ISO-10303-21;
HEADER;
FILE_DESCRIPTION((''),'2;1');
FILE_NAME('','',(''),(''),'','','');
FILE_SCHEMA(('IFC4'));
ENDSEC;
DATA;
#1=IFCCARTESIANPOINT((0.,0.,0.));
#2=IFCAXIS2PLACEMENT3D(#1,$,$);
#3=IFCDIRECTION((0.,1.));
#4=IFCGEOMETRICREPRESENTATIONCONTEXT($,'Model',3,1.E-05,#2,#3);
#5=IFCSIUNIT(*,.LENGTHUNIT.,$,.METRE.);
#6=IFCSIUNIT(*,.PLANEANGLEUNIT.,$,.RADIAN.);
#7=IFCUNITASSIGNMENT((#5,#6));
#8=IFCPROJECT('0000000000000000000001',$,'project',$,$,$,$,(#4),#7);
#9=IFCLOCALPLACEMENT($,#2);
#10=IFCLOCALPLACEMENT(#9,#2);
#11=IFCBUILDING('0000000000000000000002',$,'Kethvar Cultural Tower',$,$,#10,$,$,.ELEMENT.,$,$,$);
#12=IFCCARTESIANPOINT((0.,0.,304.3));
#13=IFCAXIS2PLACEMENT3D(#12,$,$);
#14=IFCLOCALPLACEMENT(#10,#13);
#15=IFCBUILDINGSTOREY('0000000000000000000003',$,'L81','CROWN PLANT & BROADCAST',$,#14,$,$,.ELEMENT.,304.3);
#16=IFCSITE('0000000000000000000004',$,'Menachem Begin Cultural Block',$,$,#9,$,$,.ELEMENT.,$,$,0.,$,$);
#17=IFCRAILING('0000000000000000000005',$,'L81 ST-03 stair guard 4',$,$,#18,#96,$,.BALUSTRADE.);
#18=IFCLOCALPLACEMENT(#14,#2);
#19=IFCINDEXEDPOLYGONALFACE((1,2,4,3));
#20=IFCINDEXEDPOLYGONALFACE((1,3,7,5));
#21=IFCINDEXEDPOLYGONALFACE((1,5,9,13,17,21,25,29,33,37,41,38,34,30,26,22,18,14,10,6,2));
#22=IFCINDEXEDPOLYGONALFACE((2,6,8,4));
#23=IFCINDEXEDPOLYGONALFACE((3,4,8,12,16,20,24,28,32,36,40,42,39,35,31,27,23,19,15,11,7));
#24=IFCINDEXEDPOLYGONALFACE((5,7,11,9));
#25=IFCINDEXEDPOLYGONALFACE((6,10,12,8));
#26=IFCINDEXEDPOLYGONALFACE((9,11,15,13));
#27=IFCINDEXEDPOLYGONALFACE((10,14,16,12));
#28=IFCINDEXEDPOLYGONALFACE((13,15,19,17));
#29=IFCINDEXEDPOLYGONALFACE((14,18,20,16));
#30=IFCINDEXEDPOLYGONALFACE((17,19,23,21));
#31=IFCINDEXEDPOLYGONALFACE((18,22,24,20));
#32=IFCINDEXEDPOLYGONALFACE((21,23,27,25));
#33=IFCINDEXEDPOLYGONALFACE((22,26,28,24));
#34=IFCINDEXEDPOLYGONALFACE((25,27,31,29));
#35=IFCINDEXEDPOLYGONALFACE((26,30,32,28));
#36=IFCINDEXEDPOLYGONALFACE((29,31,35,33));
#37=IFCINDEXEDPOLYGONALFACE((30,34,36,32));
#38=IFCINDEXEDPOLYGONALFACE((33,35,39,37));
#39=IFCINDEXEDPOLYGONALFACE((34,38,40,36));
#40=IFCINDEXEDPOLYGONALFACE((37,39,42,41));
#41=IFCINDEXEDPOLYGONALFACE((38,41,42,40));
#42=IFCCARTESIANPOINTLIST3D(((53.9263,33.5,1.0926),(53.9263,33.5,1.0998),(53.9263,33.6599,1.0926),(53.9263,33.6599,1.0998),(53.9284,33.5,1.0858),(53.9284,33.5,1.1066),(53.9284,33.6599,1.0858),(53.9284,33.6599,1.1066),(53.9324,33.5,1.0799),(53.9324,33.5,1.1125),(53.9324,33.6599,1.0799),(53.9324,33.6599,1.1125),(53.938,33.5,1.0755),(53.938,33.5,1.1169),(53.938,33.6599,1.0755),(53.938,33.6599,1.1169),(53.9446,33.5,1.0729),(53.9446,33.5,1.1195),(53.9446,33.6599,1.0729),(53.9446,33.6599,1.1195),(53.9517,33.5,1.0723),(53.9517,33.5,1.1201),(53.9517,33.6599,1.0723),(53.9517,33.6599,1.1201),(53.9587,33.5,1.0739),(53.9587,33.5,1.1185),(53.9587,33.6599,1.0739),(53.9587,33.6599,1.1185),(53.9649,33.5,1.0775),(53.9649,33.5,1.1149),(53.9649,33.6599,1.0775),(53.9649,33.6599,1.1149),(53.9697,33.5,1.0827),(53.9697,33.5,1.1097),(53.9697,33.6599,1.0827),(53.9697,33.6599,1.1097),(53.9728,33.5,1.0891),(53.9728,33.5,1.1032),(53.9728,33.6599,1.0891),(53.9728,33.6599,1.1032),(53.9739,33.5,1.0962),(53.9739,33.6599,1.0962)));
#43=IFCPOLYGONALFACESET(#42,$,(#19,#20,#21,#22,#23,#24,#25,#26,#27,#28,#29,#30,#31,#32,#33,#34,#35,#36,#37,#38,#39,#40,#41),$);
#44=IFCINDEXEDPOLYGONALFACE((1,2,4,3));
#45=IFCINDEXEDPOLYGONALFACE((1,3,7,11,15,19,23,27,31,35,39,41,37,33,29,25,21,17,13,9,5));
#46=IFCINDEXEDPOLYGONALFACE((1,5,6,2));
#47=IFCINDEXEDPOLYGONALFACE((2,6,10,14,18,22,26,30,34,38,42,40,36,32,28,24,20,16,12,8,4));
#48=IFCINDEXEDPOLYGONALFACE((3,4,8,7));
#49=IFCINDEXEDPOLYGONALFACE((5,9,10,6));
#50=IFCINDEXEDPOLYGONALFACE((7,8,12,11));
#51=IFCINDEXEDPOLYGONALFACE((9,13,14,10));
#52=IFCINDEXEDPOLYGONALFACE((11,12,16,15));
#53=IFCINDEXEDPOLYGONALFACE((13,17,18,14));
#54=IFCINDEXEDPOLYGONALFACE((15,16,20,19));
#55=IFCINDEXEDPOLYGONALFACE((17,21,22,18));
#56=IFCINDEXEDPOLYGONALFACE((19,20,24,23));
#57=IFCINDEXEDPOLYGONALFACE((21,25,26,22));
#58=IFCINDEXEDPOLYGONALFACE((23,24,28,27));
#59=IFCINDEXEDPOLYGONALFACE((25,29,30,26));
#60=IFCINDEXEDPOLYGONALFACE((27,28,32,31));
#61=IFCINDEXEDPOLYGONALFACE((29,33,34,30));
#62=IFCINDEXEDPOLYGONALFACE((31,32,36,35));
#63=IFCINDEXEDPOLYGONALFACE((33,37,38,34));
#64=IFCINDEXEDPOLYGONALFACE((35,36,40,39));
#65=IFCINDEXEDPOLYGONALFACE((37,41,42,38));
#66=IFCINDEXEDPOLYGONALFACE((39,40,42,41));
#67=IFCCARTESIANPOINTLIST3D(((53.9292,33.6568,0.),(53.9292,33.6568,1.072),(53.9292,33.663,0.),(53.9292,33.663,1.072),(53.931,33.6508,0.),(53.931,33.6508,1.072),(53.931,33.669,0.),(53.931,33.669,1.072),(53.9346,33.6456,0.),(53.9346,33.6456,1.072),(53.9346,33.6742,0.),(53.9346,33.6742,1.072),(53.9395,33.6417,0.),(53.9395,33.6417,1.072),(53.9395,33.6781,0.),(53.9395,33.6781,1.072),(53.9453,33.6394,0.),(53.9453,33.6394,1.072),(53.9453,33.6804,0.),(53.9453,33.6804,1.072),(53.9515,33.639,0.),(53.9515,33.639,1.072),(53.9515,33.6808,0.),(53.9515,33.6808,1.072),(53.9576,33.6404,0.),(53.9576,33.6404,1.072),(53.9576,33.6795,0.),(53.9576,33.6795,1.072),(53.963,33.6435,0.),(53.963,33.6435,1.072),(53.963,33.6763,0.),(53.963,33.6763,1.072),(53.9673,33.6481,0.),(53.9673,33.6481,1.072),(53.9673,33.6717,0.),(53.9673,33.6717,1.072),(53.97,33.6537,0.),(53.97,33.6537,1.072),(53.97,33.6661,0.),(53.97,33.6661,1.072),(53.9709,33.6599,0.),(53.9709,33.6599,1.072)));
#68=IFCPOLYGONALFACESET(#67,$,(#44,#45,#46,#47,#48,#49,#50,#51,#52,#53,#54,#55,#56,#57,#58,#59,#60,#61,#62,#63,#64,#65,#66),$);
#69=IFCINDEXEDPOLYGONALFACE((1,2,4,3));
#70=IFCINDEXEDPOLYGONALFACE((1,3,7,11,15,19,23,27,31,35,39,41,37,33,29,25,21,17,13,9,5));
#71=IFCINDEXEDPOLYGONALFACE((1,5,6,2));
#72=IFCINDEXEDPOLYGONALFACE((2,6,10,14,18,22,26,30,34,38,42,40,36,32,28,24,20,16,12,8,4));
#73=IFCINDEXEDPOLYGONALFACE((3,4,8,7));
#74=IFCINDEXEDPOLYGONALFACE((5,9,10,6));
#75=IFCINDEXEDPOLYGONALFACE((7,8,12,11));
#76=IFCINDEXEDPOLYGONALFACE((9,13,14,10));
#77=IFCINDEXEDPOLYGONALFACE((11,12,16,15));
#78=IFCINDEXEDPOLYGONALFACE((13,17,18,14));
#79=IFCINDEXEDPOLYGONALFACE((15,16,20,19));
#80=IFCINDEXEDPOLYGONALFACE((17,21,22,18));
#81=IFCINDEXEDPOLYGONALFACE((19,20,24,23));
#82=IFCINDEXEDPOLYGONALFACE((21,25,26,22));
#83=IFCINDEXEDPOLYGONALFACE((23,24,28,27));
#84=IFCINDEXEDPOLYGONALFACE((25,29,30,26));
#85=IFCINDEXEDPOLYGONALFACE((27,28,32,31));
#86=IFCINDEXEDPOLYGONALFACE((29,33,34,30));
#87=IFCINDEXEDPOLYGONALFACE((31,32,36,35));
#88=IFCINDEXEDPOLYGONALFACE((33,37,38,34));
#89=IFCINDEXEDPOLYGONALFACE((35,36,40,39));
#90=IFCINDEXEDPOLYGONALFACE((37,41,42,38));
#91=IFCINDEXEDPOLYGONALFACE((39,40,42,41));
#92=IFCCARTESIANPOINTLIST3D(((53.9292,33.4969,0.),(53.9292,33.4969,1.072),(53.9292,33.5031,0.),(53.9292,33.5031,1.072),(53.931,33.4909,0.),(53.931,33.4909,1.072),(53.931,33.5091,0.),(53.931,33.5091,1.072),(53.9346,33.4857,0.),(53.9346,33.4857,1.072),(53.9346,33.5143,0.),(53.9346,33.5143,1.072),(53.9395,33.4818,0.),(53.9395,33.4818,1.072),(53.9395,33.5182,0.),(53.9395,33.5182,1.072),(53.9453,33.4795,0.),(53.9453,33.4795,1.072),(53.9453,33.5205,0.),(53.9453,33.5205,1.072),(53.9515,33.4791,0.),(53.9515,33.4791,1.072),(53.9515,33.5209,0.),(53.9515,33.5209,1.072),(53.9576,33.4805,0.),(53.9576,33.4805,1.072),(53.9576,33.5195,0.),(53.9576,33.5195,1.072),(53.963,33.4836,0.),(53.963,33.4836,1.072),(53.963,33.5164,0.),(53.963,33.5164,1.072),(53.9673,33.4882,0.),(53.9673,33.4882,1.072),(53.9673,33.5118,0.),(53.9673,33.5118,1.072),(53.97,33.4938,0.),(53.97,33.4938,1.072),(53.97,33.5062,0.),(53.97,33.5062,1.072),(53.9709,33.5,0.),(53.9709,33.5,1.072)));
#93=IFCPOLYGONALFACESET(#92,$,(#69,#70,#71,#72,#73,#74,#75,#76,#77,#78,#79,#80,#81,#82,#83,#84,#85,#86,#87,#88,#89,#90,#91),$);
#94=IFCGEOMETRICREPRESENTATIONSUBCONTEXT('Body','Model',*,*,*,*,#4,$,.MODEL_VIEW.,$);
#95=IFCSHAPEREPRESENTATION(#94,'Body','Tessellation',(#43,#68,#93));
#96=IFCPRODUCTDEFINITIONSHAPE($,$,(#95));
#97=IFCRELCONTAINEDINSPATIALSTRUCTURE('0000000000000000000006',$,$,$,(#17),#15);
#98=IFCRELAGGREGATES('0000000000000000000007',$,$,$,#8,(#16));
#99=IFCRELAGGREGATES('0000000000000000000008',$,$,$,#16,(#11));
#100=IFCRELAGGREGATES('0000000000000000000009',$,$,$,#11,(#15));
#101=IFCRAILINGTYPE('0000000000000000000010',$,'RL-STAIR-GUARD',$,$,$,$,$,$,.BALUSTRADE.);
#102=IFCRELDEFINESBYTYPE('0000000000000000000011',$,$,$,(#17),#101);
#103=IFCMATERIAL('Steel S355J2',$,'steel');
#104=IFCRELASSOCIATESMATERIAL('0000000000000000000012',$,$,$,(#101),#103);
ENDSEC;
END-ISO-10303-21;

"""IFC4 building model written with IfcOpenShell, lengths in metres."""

from ifc_helpers import new_model, si_unit, direction, frame, origin, origin_2d, place, context, subcontext, project, spatial, circle, extrude, material, type_object, element, save


model = new_model("IFC4")

# Units and contexts
model_context = context("Model", 3, precision=1e-05, world=origin(), true_north=direction((0.0, 1.0)))
body_context = subcontext(model_context, "Body", "Model", "MODEL_VIEW")
ifc_project = project(units=[si_unit("LENGTHUNIT", "METRE"), si_unit("PLANEANGLEUNIT", "RADIAN")], contexts=[model_context])

# Site, building, storey
site_placement = place(None, origin())
site = spatial("IfcSite", under=ifc_project, at=site_placement, Name="Menachem Begin Cultural Block", CompositionType="ELEMENT", RefElevation=0.0)
building_placement = place(site_placement, origin())
building = spatial("IfcBuilding", under=site, at=building_placement, Name="Kethvar Cultural Tower", CompositionType="ELEMENT")
storey_placement = place(building_placement, frame((0.0, 0.0, 304.3)))
storey = spatial("IfcBuildingStorey", under=building, at=storey_placement, Name="L81", Description="CROWN PLANT & BROADCAST", CompositionType="ELEMENT", Elevation=304.3)

# Shared definitions
ifc_material_1 = material(Name="Steel S355J2", Category="steel")

# Railing
railing_type_1 = type_object("IfcRailingType", Name="RL-STAIR-GUARD", PredefinedType="BALUSTRADE", material=ifc_material_1)
railing_1_placement = place(storey_placement, frame((53.95, 33.6599, 0.0)))
element("IfcRailing", 1, at=railing_1_placement, inside=storey, type_object=railing_type_1, Name="L81 ST-03 stair guard 4", PredefinedType="BALUSTRADE", context=body_context, shape_type="SweptSolid", body=[
    extrude(circle(Radius=0.0239, at=origin_2d()), frame((0.0, 0.0, 1.0962), z_axis=(0.0, -1.0, 0.0), x_axis=(1.0, 0.0, 0.0)), (0.0, 0.0, 1.0), 0.1599),
    extrude(circle(Radius=0.021, at=origin_2d()), origin(), (0.0, 0.0, 1.0), 1.072),
    extrude(circle(Radius=0.021, at=origin_2d()), frame((0.0, -0.1599, 0.0)), (0.0, 0.0, 1.0), 1.072),
])

save(model, "model.ifc")
